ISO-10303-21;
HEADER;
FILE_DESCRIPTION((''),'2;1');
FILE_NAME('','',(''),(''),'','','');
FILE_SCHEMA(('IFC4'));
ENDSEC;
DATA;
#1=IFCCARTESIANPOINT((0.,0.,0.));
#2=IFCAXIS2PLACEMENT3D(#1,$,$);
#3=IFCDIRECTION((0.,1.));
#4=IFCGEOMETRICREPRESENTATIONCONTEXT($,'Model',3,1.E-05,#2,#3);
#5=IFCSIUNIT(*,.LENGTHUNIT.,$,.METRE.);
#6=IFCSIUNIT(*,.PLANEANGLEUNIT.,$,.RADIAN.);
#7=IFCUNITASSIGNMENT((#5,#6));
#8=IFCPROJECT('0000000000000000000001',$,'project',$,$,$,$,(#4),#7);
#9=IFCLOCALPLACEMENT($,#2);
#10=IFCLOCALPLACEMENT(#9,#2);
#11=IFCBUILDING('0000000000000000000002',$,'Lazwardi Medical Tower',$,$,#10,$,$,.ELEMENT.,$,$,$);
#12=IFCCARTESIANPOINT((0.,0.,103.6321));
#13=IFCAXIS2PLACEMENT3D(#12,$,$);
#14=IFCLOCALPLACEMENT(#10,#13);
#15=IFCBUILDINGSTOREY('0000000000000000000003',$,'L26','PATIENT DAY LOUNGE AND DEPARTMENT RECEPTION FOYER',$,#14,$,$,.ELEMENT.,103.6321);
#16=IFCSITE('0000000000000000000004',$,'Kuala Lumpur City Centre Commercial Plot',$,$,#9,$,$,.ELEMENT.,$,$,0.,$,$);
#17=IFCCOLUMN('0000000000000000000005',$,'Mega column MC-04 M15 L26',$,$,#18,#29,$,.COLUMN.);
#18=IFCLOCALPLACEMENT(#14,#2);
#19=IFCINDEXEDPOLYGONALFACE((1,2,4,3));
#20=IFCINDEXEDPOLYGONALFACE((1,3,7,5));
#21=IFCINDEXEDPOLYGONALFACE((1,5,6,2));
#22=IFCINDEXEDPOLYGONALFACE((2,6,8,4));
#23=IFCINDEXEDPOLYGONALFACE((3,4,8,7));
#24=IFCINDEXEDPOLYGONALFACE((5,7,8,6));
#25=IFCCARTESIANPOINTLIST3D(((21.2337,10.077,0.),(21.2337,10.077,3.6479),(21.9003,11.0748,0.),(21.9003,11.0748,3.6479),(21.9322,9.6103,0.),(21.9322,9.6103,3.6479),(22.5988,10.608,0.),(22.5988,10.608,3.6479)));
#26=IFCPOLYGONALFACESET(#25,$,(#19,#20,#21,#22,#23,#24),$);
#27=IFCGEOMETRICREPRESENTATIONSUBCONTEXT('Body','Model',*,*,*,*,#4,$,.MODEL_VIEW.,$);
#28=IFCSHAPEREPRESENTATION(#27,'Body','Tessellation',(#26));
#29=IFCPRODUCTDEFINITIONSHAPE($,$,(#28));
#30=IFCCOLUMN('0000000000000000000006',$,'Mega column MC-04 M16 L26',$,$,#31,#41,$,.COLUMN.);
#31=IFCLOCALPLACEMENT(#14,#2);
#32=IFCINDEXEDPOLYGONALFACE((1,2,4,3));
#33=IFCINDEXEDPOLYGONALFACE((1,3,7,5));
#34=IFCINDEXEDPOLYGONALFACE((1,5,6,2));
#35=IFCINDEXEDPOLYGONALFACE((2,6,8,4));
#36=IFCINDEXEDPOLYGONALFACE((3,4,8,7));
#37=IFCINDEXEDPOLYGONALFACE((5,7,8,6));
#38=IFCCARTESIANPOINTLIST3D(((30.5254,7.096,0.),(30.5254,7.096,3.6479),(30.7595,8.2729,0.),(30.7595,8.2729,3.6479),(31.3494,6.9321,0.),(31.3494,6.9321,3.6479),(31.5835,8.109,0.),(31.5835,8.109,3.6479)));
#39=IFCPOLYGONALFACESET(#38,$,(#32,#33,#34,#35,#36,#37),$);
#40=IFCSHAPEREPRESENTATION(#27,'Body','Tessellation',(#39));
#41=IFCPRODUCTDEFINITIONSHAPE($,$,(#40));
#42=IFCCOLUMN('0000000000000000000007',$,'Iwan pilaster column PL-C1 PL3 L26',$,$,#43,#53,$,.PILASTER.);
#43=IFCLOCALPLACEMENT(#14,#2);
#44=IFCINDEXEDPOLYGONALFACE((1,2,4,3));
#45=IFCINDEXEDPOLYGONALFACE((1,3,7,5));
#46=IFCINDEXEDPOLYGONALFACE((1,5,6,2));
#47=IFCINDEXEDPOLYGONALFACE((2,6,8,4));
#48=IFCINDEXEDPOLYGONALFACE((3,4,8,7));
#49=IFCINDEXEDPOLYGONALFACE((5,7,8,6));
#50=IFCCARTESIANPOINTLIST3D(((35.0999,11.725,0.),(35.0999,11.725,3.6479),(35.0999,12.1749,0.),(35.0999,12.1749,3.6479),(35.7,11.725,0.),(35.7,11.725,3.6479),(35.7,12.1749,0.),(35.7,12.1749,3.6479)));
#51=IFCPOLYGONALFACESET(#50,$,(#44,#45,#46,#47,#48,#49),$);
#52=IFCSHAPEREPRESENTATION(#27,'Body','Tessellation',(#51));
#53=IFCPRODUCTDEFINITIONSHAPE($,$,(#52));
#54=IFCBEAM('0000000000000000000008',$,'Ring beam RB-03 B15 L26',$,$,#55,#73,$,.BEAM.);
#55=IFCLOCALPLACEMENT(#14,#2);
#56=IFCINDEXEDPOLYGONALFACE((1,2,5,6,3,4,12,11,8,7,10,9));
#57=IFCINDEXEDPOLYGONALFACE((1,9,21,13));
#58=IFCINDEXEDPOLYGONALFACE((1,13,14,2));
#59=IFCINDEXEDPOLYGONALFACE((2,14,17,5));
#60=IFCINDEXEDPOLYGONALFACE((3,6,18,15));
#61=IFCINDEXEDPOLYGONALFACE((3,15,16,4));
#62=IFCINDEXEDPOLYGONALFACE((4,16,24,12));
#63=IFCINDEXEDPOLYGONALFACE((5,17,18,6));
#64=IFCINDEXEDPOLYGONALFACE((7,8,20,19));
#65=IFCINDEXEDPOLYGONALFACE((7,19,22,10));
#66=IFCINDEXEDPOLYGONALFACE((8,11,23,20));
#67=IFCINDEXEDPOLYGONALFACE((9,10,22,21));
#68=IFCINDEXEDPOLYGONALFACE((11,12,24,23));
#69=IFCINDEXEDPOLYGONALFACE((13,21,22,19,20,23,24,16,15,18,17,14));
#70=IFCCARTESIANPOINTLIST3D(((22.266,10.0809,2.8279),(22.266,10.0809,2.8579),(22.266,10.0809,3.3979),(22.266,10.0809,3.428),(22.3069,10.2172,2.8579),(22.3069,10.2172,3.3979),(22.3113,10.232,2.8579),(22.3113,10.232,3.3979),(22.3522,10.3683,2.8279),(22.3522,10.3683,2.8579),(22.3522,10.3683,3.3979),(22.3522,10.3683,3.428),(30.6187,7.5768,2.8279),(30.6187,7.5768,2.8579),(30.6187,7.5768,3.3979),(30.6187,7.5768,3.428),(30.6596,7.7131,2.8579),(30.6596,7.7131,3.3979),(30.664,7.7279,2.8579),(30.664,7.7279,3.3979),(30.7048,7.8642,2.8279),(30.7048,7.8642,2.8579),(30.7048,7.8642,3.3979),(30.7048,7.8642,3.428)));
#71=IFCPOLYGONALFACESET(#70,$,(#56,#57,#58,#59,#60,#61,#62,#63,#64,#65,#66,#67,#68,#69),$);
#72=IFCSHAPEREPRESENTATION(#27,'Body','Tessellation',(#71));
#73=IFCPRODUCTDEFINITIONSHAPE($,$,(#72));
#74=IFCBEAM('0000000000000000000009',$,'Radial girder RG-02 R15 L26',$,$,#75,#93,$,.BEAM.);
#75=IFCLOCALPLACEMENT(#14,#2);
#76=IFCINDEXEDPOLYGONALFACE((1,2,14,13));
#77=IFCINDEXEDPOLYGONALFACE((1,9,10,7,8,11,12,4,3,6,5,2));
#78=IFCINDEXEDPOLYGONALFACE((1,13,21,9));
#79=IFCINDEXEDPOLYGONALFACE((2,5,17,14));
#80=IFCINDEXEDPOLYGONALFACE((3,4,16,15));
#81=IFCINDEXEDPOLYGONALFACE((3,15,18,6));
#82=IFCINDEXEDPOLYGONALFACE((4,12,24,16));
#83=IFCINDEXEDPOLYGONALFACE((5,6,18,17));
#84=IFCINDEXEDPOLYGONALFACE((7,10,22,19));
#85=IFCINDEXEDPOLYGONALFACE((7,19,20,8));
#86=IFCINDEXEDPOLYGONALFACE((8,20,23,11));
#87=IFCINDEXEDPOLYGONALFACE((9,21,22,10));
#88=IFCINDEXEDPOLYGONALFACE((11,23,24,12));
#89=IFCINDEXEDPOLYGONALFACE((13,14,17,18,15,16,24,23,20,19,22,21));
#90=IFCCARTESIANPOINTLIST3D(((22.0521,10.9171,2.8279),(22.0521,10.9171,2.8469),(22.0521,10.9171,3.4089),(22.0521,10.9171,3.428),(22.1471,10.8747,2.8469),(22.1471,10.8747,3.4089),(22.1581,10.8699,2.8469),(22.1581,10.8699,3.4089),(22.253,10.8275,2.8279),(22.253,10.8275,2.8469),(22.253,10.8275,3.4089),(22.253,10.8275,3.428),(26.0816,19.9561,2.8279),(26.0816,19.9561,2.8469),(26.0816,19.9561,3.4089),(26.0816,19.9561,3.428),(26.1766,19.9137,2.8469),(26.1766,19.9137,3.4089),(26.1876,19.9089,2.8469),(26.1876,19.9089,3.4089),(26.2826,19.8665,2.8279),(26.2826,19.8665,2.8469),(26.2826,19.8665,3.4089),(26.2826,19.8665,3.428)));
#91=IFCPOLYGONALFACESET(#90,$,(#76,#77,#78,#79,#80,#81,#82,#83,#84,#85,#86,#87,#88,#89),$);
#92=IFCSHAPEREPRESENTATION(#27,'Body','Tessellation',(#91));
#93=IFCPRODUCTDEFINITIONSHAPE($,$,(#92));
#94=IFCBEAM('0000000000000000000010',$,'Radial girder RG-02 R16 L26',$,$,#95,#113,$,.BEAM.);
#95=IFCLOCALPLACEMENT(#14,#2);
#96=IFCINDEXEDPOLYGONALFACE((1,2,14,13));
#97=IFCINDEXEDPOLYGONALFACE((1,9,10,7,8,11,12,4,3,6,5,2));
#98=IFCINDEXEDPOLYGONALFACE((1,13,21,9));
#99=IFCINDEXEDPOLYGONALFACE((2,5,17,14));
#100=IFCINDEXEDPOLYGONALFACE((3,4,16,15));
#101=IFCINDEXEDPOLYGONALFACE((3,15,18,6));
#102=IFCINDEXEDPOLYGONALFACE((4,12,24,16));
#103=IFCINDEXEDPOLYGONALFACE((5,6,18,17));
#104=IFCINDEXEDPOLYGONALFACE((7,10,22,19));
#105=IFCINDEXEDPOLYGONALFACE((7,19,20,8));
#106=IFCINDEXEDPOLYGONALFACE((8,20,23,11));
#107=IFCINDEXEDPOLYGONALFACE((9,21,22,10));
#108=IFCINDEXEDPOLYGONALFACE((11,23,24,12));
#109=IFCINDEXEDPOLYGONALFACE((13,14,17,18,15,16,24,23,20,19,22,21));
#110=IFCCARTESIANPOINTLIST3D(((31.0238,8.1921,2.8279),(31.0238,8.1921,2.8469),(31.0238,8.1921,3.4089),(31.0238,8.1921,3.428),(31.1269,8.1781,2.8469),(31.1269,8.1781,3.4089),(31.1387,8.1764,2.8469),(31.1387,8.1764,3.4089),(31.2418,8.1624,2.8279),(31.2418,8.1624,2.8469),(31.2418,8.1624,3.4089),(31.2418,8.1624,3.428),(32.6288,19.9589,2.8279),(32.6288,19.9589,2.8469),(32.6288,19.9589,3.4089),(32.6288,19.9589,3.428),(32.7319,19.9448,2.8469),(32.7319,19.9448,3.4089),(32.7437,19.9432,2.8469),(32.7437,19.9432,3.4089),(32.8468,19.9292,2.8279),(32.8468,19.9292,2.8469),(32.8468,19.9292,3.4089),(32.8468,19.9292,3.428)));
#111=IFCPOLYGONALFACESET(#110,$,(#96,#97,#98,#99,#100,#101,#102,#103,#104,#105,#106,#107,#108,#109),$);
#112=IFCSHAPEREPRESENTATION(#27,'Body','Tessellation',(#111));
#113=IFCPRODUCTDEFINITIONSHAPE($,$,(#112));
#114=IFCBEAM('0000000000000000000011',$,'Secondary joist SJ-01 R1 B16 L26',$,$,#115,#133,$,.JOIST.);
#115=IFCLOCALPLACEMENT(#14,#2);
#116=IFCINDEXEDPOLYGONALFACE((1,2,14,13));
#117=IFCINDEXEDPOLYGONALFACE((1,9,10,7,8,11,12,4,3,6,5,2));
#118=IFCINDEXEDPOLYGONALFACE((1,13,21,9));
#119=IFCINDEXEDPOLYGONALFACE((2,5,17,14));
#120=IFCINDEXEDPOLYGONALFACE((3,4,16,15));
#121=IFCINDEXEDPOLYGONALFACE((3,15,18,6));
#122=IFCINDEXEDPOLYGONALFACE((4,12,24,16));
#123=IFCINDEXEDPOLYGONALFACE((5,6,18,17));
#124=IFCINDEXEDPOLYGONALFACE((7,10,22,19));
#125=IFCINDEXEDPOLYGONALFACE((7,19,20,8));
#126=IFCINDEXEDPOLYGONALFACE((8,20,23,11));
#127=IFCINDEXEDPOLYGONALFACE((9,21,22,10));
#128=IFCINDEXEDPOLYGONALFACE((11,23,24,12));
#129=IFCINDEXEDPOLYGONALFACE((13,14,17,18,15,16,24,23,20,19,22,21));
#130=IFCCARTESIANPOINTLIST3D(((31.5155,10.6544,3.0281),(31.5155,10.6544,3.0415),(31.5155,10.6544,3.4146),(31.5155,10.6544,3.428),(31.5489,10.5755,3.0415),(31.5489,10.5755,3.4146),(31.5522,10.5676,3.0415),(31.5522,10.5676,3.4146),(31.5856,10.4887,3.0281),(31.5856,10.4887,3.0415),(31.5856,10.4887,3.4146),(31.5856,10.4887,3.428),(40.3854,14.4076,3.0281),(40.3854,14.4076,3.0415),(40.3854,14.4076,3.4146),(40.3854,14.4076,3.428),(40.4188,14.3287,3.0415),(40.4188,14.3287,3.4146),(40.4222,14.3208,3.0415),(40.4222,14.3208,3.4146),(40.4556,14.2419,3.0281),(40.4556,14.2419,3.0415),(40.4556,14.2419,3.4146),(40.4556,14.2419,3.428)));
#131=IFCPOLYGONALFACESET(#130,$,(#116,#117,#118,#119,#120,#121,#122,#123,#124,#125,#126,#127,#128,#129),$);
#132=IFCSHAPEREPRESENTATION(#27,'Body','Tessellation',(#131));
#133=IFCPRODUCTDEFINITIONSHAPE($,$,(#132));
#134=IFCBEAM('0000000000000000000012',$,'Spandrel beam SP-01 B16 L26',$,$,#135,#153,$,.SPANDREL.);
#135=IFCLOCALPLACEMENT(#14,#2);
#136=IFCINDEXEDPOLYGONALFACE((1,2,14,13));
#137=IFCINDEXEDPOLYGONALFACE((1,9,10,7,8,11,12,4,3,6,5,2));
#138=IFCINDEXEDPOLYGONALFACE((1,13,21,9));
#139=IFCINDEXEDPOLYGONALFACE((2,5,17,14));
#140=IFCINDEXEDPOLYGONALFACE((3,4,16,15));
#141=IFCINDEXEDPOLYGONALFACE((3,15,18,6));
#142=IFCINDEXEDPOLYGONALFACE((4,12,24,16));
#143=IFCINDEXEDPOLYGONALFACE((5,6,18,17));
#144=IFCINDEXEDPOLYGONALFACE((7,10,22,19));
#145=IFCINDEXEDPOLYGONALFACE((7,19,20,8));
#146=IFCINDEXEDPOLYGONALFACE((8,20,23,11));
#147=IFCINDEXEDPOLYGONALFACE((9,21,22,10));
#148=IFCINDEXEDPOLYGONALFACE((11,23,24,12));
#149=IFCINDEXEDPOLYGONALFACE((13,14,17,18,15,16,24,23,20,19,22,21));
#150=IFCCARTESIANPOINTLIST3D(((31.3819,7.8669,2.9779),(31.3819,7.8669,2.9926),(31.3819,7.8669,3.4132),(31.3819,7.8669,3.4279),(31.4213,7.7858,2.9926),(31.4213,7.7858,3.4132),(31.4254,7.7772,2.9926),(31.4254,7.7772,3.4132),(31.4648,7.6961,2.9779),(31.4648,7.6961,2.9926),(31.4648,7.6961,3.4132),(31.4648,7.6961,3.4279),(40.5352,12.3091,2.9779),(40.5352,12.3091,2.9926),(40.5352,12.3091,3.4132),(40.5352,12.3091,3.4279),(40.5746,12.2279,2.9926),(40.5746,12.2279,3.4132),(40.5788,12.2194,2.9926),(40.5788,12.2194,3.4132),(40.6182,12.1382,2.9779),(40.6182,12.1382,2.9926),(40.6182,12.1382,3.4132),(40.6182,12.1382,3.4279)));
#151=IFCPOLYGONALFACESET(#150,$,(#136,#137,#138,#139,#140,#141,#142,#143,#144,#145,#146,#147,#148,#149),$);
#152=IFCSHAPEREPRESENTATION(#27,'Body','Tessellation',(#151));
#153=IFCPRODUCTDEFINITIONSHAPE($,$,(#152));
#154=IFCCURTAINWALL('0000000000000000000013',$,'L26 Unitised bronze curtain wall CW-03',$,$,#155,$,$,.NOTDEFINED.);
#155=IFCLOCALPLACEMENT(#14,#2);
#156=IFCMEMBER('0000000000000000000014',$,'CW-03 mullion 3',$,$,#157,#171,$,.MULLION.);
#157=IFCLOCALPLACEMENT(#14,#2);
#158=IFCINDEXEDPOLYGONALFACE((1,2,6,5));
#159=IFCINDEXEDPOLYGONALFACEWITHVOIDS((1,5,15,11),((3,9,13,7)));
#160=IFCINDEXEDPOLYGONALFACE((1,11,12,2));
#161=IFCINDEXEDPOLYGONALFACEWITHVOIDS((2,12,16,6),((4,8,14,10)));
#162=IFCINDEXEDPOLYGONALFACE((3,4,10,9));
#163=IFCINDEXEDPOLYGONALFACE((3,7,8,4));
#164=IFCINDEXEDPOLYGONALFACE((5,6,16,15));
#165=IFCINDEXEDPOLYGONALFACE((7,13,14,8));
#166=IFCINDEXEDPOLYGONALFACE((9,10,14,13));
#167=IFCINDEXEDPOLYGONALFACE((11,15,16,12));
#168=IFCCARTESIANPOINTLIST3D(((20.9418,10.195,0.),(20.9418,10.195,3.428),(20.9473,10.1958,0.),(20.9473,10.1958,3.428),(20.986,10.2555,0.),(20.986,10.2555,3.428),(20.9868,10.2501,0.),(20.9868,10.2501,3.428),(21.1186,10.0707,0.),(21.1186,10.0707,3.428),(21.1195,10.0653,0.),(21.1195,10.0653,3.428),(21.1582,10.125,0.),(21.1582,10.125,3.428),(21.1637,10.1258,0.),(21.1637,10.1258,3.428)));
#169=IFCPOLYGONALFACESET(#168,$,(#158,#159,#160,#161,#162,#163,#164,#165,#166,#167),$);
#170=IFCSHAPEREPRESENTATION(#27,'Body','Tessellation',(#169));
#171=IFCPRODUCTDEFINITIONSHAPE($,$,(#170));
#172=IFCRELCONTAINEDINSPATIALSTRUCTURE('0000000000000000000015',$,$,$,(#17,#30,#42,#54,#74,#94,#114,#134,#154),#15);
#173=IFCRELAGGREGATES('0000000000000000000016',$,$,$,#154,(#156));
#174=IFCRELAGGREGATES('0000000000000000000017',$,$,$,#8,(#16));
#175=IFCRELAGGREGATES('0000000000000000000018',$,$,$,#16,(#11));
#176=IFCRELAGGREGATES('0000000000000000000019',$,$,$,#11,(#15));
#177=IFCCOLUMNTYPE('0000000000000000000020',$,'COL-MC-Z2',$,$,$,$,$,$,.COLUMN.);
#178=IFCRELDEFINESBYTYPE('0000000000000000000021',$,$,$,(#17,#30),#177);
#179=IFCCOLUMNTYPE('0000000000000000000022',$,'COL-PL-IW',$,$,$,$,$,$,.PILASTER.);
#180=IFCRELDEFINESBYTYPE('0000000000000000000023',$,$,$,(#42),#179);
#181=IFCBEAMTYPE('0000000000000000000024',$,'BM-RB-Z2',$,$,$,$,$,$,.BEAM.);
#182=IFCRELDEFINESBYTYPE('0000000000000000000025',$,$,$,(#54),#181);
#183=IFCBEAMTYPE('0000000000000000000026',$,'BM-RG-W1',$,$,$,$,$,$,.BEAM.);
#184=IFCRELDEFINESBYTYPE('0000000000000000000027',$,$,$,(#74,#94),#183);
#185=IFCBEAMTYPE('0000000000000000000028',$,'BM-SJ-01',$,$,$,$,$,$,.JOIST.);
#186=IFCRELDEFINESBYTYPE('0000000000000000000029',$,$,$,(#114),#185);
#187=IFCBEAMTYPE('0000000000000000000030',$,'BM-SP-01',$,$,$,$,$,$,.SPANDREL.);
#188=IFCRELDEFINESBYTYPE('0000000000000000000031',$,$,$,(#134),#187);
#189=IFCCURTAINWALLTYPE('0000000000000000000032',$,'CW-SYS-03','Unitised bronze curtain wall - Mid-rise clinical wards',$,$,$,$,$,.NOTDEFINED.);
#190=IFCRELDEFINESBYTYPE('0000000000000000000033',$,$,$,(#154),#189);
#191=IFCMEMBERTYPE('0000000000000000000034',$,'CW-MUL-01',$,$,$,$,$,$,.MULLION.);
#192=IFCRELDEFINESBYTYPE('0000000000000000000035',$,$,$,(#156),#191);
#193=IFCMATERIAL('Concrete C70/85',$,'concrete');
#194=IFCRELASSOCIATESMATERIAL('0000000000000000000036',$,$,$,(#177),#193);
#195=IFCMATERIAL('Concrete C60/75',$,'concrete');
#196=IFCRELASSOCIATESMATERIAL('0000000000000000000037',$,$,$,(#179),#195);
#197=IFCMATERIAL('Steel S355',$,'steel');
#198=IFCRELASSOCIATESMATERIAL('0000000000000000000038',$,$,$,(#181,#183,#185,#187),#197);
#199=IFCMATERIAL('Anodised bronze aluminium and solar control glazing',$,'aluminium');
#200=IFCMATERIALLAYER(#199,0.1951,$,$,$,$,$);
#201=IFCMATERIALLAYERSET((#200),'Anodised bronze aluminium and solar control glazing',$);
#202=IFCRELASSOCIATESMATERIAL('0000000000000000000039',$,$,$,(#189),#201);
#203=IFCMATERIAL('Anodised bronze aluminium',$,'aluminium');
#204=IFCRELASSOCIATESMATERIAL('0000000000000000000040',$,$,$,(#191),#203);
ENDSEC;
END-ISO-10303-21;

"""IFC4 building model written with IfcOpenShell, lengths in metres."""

from ifc_helpers import new_model, si_unit, direction, frame, origin, origin_2d, place, context, subcontext, project, spatial, rectangle, hollow_rectangle, i_section, extrude, material, layer, layer_set, material_profile, profile_set, type_object, element, aggregate, save


model = new_model("IFC4")

# Units and contexts
model_context = context("Model", 3, precision=1e-05, world=origin(), true_north=direction((0.0, 1.0)))
body_context = subcontext(model_context, "Body", "Model", "MODEL_VIEW")
ifc_project = project(units=[si_unit("LENGTHUNIT", "METRE"), si_unit("PLANEANGLEUNIT", "RADIAN")], contexts=[model_context])

# Site, building, storey
site_placement = place(None, origin())
site = spatial("IfcSite", under=ifc_project, at=site_placement, Name="Kuala Lumpur City Centre Commercial Plot", CompositionType="ELEMENT", RefElevation=0.0)
building_placement = place(site_placement, origin())
building = spatial("IfcBuilding", under=site, at=building_placement, Name="Lazwardi Medical Tower", CompositionType="ELEMENT")
storey_placement = place(building_placement, frame((0.0, 0.0, 103.6321)))
storey = spatial("IfcBuildingStorey", under=building, at=storey_placement, Name="L26", Description="PATIENT DAY LOUNGE AND DEPARTMENT RECEPTION FOYER", CompositionType="ELEMENT", Elevation=103.6321)

# Columns
ifc_material_1 = material(Name="Concrete C70/85", Category="concrete")
ifc_material_profile_1 = material_profile(ifc_material_1, rectangle(XDim=1.2, YDim=0.8401, at=origin_2d()), Name="CFT-RECT 1200x840")
ifc_profile_set_1 = profile_set([ifc_material_profile_1], Name="Concrete C70/85")
column_type_1 = type_object("IfcColumnType", Name="COL-MC-Z2", PredefinedType="COLUMN", material=ifc_profile_set_1)
for number, where, z_axis, x_axis, name in (
    (1, (21.9163, 10.3425, 0.0), (0.0, 0.0, 1.0), (-0.55557, -0.83147, 0.0), "Mega column MC-04 M15 L26"),
    (2, (31.0544, 7.6025, 0.0), (0.0, 0.0, 1.0), (-0.19509, -0.980785, 0.0), "Mega column MC-04 M16 L26"),
):
    element("IfcColumn", number, at=place(storey_placement, frame(where, z_axis=z_axis, x_axis=x_axis)), inside=storey, type_object=column_type_1, Name=name, PredefinedType="COLUMN", context=body_context, shape_type="SweptSolid", body=[
        extrude(rectangle(XDim=1.2, YDim=0.8401, at=origin_2d()), origin(), (0.0, 0.0, 1.0), 3.6479),
    ])
ifc_material_2 = material(Name="Concrete C60/75", Category="concrete")
ifc_material_profile_2 = material_profile(ifc_material_2, rectangle(XDim=0.6001, YDim=0.45, at=origin_2d()), Name="RC 600x450")
ifc_profile_set_2 = profile_set([ifc_material_profile_2], Name="Concrete C60/75")
column_type_2 = type_object("IfcColumnType", Name="COL-PL-IW", PredefinedType="PILASTER", material=ifc_profile_set_2)
column_placement = place(storey_placement, frame((35.3999, 11.95, 0.0), z_axis=(0.0, 0.0, 1.0), x_axis=(1.0, 0.0, 0.0)))
element("IfcColumn", 3, at=column_placement, inside=storey, type_object=column_type_2, Name="Iwan pilaster column PL-C1 PL3 L26", PredefinedType="PILASTER", context=body_context, shape_type="SweptSolid", body=[
    extrude(rectangle(XDim=0.6001, YDim=0.45, at=origin_2d()), origin(), (0.0, 0.0, 1.0), 3.6479),
])

# Beams
ifc_material_3 = material(Name="Steel S355", Category="steel")
ifc_material_profile_3 = material_profile(ifc_material_3, i_section(OverallWidth=0.3, OverallDepth=0.6001, WebThickness=0.0154, FlangeThickness=0.03, at=origin_2d()), Name="HEB 600")
ifc_profile_set_3 = profile_set([ifc_material_profile_3], Name="Steel S355")
beam_type_1 = type_object("IfcBeamType", Name="BM-RB-Z2", PredefinedType="BEAM", material=ifc_profile_set_3)
beam_1_placement = place(storey_placement, frame((22.3091, 10.2246, 3.1279), z_axis=(0.957879, -0.287171, 0.0), x_axis=(0.287171, 0.957879, 0.0)))
element("IfcBeam", 4, at=beam_1_placement, inside=storey, type_object=beam_type_1, Name="Ring beam RB-03 B15 L26", PredefinedType="BEAM", context=body_context, shape_type="SweptSolid", body=[
    extrude(i_section(OverallWidth=0.3, OverallDepth=0.6001, WebThickness=0.0154, FlangeThickness=0.03, at=origin_2d()), origin(), (0.0, 0.0, 1.0), 8.72),
])
ifc_material_profile_4 = material_profile(ifc_material_3, i_section(OverallWidth=0.22, OverallDepth=0.6001, WebThickness=0.012, FlangeThickness=0.019, at=origin_2d()), Name="IPE 600")
ifc_profile_set_4 = profile_set([ifc_material_profile_4], Name="Steel S355")
beam_type_2 = type_object("IfcBeamType", Name="BM-RG-W1", PredefinedType="BEAM", material=ifc_profile_set_4)
beam_2_placement = place(storey_placement, frame((22.1526, 10.8723, 3.1279), z_axis=(0.407166, 0.913354, 0.0), x_axis=(-0.913354, 0.407166, 0.0)))
element("IfcBeam", 5, at=beam_2_placement, inside=storey, type_object=beam_type_2, Name="Radial girder RG-02 R15 L26", PredefinedType="BEAM", context=body_context, shape_type="SweptSolid", body=[
    extrude(i_section(OverallWidth=0.22, OverallDepth=0.6001, WebThickness=0.012, FlangeThickness=0.019, at=origin_2d()), origin(), (0.0, 0.0, 1.0), 9.8965),
])
beam_3_placement = place(storey_placement, frame((31.1328, 8.1772, 3.1279), z_axis=(0.135147, 0.990826, 0.0), x_axis=(-0.990826, 0.135147, 0.0)))
element("IfcBeam", 6, at=beam_3_placement, inside=storey, type_object=beam_type_2, Name="Radial girder RG-02 R16 L26", PredefinedType="BEAM", context=body_context, shape_type="SweptSolid", body=[
    extrude(i_section(OverallWidth=0.22, OverallDepth=0.6001, WebThickness=0.012, FlangeThickness=0.019, at=origin_2d()), origin(), (0.0, 0.0, 1.0), 11.8757),
])
ifc_material_profile_5 = material_profile(ifc_material_3, i_section(OverallWidth=0.1799, OverallDepth=0.3999, WebThickness=0.0085, FlangeThickness=0.0134, at=origin_2d()), Name="IPE 400")
ifc_profile_set_5 = profile_set([ifc_material_profile_5], Name="Steel S355")
beam_type_3 = type_object("IfcBeamType", Name="BM-SJ-01", PredefinedType="JOIST", material=ifc_profile_set_5)
beam_4_placement = place(storey_placement, frame((31.5505, 10.5715, 3.228), z_axis=(0.920947, 0.389687, 0.0), x_axis=(-0.389687, 0.920947, 0.0)))
element("IfcBeam", 7, at=beam_4_placement, inside=storey, type_object=beam_type_3, Name="Secondary joist SJ-01 R1 B16 L26", PredefinedType="JOIST", context=body_context, shape_type="SweptSolid", body=[
    extrude(i_section(OverallWidth=0.1799, OverallDepth=0.3999, WebThickness=0.0085, FlangeThickness=0.0134, at=origin_2d()), origin(), (0.0, 0.0, 1.0), 9.6313),
])
ifc_material_profile_6 = material_profile(ifc_material_3, i_section(OverallWidth=0.1899, OverallDepth=0.45, WebThickness=0.0095, FlangeThickness=0.0146, at=origin_2d()), Name="IPE 450")
ifc_profile_set_6 = profile_set([ifc_material_profile_6], Name="Steel S355")
beam_type_4 = type_object("IfcBeamType", Name="BM-SP-01", PredefinedType="SPANDREL", material=ifc_profile_set_6)
beam_5_placement = place(storey_placement, frame((31.4233, 7.7815, 3.2029), z_axis=(0.899653, 0.436605, 0.0), x_axis=(-0.436605, 0.899653, 0.0)))
element("IfcBeam", 8, at=beam_5_placement, inside=storey, type_object=beam_type_4, Name="Spandrel beam SP-01 B16 L26", PredefinedType="SPANDREL", context=body_context, shape_type="SweptSolid", body=[
    extrude(i_section(OverallWidth=0.1899, OverallDepth=0.45, WebThickness=0.0095, FlangeThickness=0.0146, at=origin_2d()), origin(), (0.0, 0.0, 1.0), 10.1743),
])

# Curtain wall, member
ifc_material_4 = material(Name="Anodised bronze aluminium and solar control glazing", Category="aluminium")
ifc_layer_1 = layer(ifc_material_4, 0.1951)
ifc_layer_set_1 = layer_set([ifc_layer_1], Name="Anodised bronze aluminium and solar control glazing")
curtain_wall_type = type_object("IfcCurtainWallType", Name="CW-SYS-03", Description="Unitised bronze curtain wall - Mid-rise clinical wards", PredefinedType="NOTDEFINED", material=ifc_layer_set_1)
curtain_wall_1_placement = place(storey_placement, origin())
curtain_wall_1 = element("IfcCurtainWall", 9, at=curtain_wall_1_placement, inside=storey, type_object=curtain_wall_type, Name="L26 Unitised bronze curtain wall CW-03", PredefinedType="NOTDEFINED")
ifc_material_5 = material(Name="Anodised bronze aluminium", Category="aluminium")
ifc_material_profile_7 = material_profile(ifc_material_5, hollow_rectangle(XDim=0.075, YDim=0.22, WallThickness=0.0039, at=origin_2d()), Name="ALU-MULLION 220x75x4")
ifc_profile_set_7 = profile_set([ifc_material_profile_7], Name="Anodised bronze aluminium")
member_type_1 = type_object("IfcMemberType", Name="CW-MUL-01", PredefinedType="MULLION", material=ifc_profile_set_7)
member_1_placement = place(storey_placement, frame((21.0527, 10.1604, 0.0), z_axis=(0.0, 0.0, 1.0), x_axis=(0.589531, 0.807746, 0.0)))
member_1 = element("IfcMember", 10, at=member_1_placement, type_object=member_type_1, Name="CW-03 mullion 3", PredefinedType="MULLION", context=body_context, shape_type="SweptSolid", body=[
    extrude(hollow_rectangle(XDim=0.075, YDim=0.22, WallThickness=0.0039, at=origin_2d()), origin(), (0.0, 0.0, 1.0), 3.428),
])

aggregate(curtain_wall_1, [member_1])

save(model, "model.ifc")
